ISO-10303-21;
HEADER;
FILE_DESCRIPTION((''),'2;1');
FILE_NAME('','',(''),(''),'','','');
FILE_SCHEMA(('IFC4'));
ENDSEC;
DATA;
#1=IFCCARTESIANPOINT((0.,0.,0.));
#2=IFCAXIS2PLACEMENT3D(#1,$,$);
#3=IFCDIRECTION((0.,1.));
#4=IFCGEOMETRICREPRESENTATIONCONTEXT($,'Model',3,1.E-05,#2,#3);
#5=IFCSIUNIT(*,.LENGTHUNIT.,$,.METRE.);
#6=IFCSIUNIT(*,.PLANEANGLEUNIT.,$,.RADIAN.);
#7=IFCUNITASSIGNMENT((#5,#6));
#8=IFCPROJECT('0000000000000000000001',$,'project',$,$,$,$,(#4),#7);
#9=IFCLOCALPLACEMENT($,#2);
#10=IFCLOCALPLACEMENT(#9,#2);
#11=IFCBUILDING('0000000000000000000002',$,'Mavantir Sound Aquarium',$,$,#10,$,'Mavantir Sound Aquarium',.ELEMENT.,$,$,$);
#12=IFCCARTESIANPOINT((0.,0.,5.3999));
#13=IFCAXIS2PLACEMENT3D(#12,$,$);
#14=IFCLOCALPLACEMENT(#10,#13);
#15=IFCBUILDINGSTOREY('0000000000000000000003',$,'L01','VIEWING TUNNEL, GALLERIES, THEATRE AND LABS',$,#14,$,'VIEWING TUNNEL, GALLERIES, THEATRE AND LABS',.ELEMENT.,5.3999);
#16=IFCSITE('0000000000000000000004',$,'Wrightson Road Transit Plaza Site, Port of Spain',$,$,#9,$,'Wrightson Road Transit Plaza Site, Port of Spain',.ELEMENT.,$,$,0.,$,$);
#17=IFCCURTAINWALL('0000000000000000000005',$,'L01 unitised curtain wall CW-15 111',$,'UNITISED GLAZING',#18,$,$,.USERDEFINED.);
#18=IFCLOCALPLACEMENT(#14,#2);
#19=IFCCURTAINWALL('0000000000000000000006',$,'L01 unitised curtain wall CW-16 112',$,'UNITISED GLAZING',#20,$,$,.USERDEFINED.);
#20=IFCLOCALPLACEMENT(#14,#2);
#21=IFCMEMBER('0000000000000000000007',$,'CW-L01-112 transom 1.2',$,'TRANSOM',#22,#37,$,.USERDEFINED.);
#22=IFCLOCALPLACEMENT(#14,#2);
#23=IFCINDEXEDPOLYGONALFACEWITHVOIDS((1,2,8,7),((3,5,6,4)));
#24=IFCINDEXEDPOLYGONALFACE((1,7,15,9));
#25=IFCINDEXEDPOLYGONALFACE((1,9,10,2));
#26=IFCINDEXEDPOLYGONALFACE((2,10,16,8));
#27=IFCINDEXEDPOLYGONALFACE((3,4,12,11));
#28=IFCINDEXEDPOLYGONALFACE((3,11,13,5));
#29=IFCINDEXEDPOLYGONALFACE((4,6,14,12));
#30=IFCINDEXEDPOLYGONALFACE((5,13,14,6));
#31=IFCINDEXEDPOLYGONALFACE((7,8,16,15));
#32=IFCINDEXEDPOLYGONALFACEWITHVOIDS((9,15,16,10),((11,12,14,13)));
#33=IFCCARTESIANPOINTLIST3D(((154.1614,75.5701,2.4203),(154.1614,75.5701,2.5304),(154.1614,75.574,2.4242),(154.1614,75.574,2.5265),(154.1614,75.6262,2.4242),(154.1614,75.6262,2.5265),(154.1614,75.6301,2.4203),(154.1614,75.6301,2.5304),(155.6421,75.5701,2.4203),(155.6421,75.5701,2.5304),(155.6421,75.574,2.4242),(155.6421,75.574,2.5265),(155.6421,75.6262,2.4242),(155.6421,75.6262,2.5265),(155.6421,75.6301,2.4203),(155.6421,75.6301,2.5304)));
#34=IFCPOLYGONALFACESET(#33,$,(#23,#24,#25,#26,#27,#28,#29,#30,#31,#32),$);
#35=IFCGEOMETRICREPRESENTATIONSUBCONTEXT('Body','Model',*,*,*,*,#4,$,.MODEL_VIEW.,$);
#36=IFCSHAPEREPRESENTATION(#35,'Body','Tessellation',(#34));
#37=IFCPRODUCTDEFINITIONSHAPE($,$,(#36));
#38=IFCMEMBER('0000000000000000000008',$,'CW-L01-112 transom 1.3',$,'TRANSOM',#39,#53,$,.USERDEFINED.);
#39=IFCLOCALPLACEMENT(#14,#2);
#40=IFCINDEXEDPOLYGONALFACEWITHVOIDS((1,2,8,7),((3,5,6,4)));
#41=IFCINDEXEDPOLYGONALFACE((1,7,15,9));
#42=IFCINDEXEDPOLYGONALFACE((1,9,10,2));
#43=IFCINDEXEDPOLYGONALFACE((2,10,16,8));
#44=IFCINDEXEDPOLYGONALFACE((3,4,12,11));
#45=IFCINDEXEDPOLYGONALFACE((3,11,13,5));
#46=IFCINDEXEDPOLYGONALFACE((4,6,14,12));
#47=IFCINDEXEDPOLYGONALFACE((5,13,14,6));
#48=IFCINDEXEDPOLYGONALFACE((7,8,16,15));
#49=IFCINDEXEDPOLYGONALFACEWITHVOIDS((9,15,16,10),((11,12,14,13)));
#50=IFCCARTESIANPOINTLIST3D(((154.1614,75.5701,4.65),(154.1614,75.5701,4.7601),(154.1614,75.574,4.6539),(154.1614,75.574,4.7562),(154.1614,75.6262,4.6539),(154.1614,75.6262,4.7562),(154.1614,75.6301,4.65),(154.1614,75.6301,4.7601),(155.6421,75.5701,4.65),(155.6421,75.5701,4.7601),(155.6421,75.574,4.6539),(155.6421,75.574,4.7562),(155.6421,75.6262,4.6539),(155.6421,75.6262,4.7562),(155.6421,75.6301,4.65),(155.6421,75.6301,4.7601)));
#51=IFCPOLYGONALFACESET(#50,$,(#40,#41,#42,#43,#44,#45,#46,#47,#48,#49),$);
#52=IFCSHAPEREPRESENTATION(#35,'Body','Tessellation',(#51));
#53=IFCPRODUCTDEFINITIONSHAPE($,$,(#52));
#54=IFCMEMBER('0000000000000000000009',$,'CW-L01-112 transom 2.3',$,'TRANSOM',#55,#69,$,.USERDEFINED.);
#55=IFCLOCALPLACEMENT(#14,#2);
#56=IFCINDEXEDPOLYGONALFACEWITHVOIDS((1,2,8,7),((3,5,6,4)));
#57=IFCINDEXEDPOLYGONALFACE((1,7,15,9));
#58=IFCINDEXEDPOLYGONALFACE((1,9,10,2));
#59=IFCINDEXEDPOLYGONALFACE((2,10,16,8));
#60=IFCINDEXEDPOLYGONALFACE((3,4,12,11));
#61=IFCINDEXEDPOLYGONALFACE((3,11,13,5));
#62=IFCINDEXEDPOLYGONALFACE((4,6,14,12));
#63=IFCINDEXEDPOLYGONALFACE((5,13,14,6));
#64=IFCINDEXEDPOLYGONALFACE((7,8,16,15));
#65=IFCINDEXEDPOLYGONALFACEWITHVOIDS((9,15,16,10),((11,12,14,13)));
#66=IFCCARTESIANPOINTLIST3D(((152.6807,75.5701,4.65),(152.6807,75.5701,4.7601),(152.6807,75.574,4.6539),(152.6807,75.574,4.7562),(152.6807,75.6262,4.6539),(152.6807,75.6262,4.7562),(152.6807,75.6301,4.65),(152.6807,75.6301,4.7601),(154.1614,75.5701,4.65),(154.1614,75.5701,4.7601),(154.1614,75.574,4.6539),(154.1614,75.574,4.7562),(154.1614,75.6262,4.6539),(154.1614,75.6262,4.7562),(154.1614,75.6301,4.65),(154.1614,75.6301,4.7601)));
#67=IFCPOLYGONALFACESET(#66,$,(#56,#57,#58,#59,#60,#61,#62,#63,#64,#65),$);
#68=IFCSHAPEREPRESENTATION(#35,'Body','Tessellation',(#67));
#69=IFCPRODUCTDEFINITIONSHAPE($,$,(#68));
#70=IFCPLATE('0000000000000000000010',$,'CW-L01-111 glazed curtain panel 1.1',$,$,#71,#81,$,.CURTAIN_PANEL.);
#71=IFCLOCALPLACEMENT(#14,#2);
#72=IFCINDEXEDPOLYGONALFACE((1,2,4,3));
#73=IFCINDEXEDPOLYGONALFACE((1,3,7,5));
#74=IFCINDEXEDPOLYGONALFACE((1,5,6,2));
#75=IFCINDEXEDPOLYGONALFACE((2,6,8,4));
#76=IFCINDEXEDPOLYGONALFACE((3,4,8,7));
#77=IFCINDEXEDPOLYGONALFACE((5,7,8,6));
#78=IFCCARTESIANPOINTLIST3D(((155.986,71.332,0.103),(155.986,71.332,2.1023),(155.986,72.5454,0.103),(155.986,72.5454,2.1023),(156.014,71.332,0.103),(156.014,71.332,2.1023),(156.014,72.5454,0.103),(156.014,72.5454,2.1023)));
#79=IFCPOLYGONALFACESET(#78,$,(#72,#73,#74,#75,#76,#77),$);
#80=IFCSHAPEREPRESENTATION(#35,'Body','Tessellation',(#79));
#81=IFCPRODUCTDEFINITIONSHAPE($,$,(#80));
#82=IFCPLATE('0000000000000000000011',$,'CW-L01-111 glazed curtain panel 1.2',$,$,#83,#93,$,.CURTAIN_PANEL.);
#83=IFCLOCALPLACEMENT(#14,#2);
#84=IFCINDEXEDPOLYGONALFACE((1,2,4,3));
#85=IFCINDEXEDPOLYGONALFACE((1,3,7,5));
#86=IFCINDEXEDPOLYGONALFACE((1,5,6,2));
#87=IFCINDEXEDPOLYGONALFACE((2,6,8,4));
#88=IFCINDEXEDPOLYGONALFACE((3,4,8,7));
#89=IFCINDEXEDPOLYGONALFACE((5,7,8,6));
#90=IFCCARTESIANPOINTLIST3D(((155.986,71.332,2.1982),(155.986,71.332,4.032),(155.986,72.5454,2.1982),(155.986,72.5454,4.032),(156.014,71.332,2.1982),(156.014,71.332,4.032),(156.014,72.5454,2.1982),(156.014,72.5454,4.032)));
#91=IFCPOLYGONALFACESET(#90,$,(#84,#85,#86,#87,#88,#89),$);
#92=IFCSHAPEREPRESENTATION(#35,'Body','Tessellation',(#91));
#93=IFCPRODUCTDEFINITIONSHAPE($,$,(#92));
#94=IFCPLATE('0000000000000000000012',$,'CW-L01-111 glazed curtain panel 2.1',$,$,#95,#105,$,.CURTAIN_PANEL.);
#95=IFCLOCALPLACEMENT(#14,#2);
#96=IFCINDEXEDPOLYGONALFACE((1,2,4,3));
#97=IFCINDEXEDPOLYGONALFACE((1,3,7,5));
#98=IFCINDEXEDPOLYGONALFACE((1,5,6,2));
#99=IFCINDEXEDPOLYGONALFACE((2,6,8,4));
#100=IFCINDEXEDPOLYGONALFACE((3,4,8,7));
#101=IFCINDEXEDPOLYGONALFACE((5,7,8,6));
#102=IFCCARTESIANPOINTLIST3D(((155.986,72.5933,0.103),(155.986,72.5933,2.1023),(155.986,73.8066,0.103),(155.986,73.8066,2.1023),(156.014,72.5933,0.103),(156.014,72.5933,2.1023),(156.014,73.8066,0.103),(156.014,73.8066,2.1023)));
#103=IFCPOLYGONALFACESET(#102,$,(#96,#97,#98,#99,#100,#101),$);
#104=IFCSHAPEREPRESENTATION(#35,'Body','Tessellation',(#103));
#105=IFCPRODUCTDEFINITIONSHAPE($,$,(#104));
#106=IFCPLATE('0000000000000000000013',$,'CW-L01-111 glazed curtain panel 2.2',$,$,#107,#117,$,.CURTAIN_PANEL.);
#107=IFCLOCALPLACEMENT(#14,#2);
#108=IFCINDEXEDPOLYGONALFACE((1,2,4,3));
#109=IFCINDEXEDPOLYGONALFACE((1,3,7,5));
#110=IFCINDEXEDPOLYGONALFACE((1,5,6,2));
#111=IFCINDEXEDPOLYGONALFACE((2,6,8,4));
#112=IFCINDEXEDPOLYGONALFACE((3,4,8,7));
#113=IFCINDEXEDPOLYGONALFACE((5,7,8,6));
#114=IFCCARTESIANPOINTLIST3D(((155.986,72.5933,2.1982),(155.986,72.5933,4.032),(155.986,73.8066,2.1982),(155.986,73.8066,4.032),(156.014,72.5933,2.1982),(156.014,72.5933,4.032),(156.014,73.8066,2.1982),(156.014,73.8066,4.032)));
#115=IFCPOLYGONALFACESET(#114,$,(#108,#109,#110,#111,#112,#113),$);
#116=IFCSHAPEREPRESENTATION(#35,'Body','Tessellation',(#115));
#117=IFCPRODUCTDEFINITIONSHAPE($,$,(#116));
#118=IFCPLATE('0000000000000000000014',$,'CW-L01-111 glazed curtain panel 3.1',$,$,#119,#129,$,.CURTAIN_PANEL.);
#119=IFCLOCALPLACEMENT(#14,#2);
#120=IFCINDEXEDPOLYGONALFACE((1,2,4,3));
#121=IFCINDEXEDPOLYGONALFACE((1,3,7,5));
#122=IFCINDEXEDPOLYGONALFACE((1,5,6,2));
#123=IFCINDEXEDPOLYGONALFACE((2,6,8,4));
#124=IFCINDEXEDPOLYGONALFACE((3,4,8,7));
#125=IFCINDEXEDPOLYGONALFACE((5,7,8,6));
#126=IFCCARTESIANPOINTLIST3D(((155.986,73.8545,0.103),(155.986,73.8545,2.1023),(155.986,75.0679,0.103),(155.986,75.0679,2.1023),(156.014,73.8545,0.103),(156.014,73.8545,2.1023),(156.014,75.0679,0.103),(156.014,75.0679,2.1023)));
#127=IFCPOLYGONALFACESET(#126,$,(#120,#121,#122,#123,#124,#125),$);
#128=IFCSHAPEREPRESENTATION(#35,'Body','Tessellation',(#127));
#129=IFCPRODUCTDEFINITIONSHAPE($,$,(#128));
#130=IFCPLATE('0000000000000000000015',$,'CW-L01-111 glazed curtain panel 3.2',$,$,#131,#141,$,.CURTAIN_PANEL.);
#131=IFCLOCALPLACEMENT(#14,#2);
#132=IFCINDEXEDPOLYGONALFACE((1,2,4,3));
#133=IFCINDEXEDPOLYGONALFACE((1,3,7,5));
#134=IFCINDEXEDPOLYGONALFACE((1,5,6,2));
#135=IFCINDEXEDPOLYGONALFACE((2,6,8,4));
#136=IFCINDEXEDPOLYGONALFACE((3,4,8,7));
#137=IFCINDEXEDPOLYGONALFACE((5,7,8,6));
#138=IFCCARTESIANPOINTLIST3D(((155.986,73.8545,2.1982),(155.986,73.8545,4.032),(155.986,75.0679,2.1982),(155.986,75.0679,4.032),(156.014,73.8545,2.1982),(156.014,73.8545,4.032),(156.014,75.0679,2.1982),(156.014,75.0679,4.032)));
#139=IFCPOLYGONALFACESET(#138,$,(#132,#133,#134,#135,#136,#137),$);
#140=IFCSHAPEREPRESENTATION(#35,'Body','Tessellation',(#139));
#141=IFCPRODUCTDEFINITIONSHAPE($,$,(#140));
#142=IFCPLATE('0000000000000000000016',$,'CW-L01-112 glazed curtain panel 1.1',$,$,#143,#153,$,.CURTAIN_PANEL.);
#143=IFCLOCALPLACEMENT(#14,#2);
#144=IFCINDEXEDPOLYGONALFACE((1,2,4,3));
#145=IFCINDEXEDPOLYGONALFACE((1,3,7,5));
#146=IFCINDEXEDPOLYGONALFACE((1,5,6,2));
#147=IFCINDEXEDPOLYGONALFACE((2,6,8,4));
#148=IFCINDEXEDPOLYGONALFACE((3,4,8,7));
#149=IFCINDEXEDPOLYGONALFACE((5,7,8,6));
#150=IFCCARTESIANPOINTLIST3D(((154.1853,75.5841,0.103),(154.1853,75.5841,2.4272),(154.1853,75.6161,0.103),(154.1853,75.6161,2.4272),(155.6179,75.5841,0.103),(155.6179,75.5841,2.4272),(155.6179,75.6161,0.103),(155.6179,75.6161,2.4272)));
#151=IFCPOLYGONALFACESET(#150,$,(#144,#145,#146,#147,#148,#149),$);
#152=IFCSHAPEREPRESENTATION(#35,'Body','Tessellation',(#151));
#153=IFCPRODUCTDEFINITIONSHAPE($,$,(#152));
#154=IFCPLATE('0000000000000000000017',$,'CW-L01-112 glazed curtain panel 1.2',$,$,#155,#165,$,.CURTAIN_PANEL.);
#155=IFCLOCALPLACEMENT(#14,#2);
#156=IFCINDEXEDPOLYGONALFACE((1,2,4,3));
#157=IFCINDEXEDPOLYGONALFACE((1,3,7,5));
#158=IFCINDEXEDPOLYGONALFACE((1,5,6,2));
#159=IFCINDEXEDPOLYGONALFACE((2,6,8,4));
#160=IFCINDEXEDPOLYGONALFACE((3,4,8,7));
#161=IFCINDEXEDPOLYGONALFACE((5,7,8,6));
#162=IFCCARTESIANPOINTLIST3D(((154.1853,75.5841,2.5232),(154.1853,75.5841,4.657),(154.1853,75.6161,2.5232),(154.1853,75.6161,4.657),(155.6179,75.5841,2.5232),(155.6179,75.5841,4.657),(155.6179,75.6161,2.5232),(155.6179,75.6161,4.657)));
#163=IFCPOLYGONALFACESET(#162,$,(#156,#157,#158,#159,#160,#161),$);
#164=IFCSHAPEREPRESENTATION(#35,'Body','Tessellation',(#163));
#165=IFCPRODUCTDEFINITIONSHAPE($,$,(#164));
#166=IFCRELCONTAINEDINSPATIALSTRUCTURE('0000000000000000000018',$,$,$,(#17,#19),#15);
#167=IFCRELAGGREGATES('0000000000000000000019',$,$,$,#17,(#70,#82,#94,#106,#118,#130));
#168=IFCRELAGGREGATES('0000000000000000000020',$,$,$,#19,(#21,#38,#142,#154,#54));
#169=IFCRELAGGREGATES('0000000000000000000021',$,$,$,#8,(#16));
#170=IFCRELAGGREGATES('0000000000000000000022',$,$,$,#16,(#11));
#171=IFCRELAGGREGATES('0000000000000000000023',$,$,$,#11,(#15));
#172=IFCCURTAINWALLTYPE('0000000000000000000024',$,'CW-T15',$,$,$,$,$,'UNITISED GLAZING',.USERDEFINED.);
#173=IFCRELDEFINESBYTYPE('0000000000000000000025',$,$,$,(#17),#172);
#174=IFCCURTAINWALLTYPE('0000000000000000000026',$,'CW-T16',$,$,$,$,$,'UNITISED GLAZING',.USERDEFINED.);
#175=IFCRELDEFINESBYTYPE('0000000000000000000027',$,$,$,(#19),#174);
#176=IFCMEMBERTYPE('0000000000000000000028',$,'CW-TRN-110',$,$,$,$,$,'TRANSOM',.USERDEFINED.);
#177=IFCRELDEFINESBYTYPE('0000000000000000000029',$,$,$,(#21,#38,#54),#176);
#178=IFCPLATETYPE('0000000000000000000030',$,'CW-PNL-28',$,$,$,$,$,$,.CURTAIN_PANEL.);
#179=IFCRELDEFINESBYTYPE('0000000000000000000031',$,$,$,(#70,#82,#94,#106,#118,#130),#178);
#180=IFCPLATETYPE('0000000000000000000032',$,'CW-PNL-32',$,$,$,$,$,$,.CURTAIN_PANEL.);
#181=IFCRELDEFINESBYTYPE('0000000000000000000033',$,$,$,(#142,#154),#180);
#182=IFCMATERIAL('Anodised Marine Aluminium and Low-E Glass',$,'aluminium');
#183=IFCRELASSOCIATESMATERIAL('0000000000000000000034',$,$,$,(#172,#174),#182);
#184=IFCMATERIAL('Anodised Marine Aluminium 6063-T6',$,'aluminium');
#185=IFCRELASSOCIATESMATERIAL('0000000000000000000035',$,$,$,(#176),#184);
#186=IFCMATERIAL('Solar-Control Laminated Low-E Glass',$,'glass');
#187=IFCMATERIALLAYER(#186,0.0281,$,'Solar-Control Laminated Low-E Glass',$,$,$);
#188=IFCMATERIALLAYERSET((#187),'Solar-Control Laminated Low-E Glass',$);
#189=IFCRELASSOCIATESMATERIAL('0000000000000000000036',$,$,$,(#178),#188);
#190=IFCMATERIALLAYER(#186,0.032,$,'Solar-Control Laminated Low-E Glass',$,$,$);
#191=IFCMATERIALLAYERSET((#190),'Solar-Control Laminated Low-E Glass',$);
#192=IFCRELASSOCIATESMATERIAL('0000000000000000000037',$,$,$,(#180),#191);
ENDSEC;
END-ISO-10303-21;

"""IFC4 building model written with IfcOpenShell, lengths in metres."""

from ifc_helpers import new_model, si_unit, direction, frame, origin, origin_2d, place, context, subcontext, project, spatial, rectangle, hollow_rectangle, extrude, material, layer, layer_set, material_profile, profile_set, type_object, element, aggregate, save


model = new_model("IFC4")

# Units and contexts
model_context = context("Model", 3, precision=1e-05, world=origin(), true_north=direction((0.0, 1.0)))
body_context = subcontext(model_context, "Body", "Model", "MODEL_VIEW")
ifc_project = project(units=[si_unit("LENGTHUNIT", "METRE"), si_unit("PLANEANGLEUNIT", "RADIAN")], contexts=[model_context])

# Site, building, storey
site_placement = place(None, origin())
site = spatial("IfcSite", under=ifc_project, at=site_placement, Name="Wrightson Road Transit Plaza Site, Port of Spain", LongName="Wrightson Road Transit Plaza Site, Port of Spain", CompositionType="ELEMENT", RefElevation=0.0)
building_placement = place(site_placement, origin())
building = spatial("IfcBuilding", under=site, at=building_placement, Name="Mavantir Sound Aquarium", LongName="Mavantir Sound Aquarium", CompositionType="ELEMENT")
storey_placement = place(building_placement, frame((0.0, 0.0, 5.3999)))
storey = spatial("IfcBuildingStorey", under=building, at=storey_placement, Name="L01", Description="VIEWING TUNNEL, GALLERIES, THEATRE AND LABS", LongName="VIEWING TUNNEL, GALLERIES, THEATRE AND LABS", CompositionType="ELEMENT", Elevation=5.3999)

# Curtain wall
ifc_material_1 = material(Name="Anodised Marine Aluminium and Low-E Glass", Category="aluminium")
curtain_wall_type_1 = type_object("IfcCurtainWallType", Name="CW-T15", ElementType="UNITISED GLAZING", PredefinedType="USERDEFINED", material=ifc_material_1)
curtain_wall_1_placement = place(storey_placement, origin())
curtain_wall_1 = element("IfcCurtainWall", 1, at=curtain_wall_1_placement, inside=storey, type_object=curtain_wall_type_1, Name="L01 unitised curtain wall CW-15 111", ObjectType="UNITISED GLAZING", PredefinedType="USERDEFINED")
ifc_material_2 = material(Name="Anodised Marine Aluminium 6063-T6", Category="aluminium")

# Curtain wall
curtain_wall_type_2 = type_object("IfcCurtainWallType", Name="CW-T16", ElementType="UNITISED GLAZING", PredefinedType="USERDEFINED", material=ifc_material_1)
curtain_wall_2_placement = place(storey_placement, origin())
curtain_wall_2 = element("IfcCurtainWall", 2, at=curtain_wall_2_placement, inside=storey, type_object=curtain_wall_type_2, Name="L01 unitised curtain wall CW-16 112", ObjectType="UNITISED GLAZING", PredefinedType="USERDEFINED")

# Shared definitions
ifc_material_profile_1 = material_profile(ifc_material_2, hollow_rectangle(XDim=0.0601, YDim=0.1101, WallThickness=0.0039, at=origin_2d()), Name="ALU-TRANSOM-110X60")
ifc_profile_set_1 = profile_set([ifc_material_profile_1], Name="Anodised Marine Aluminium 6063-T6")
member_type_1 = type_object("IfcMemberType", Name="CW-TRN-110", ElementType="TRANSOM", PredefinedType="USERDEFINED", material=ifc_profile_set_1)

# Members
member_1_placement = place(storey_placement, frame((155.6421, 75.6001, 2.4753), z_axis=(-1.0, 0.0, 0.0), x_axis=(0.0, -1.0, 0.0)))
member_1 = element("IfcMember", 3, at=member_1_placement, type_object=member_type_1, Name="CW-L01-112 transom 1.2", ObjectType="TRANSOM", PredefinedType="USERDEFINED", context=body_context, shape_type="SweptSolid", body=[
    extrude(hollow_rectangle(XDim=0.0601, YDim=0.1101, WallThickness=0.0039, at=origin_2d()), origin(), (0.0, 0.0, 1.0), 1.4807),
])
member_2_placement = place(storey_placement, frame((155.6421, 75.6001, 4.7051), z_axis=(-1.0, 0.0, 0.0), x_axis=(0.0, -1.0, 0.0)))
member_2 = element("IfcMember", 4, at=member_2_placement, type_object=member_type_1, Name="CW-L01-112 transom 1.3", ObjectType="TRANSOM", PredefinedType="USERDEFINED", context=body_context, shape_type="SweptSolid", body=[
    extrude(hollow_rectangle(XDim=0.0601, YDim=0.1101, WallThickness=0.0039, at=origin_2d()), origin(), (0.0, 0.0, 1.0), 1.4807),
])
member_3_placement = place(storey_placement, frame((154.1614, 75.6001, 4.7051), z_axis=(-1.0, 0.0, 0.0), x_axis=(0.0, -1.0, 0.0)))
member_3 = element("IfcMember", 5, at=member_3_placement, type_object=member_type_1, Name="CW-L01-112 transom 2.3", ObjectType="TRANSOM", PredefinedType="USERDEFINED", context=body_context, shape_type="SweptSolid", body=[
    extrude(hollow_rectangle(XDim=0.0601, YDim=0.1101, WallThickness=0.0039, at=origin_2d()), origin(), (0.0, 0.0, 1.0), 1.4807),
])

# Plates
ifc_material_3 = material(Name="Solar-Control Laminated Low-E Glass", Category="glass")
ifc_layer_1 = layer(ifc_material_3, 0.0281, Name="Solar-Control Laminated Low-E Glass")
ifc_layer_set_1 = layer_set([ifc_layer_1], Name="Solar-Control Laminated Low-E Glass")
plate_type_1 = type_object("IfcPlateType", Name="CW-PNL-28", PredefinedType="CURTAIN_PANEL", material=ifc_layer_set_1)
plate_1_placement = place(storey_placement, frame((156.0, 71.9387, 0.103), z_axis=(0.0, 0.0, 1.0), x_axis=(0.0, 1.0, 0.0)))
plate_1 = element("IfcPlate", 6, at=plate_1_placement, type_object=plate_type_1, Name="CW-L01-111 glazed curtain panel 1.1", PredefinedType="CURTAIN_PANEL", context=body_context, shape_type="SweptSolid", body=[
    extrude(rectangle(XDim=1.2134, YDim=0.0281, at=origin_2d()), origin(), (0.0, 0.0, 1.0), 1.9993),
])
plate_2_placement = place(storey_placement, frame((156.0, 71.9387, 2.1982), z_axis=(0.0, 0.0, 1.0), x_axis=(0.0, 1.0, 0.0)))
plate_2 = element("IfcPlate", 7, at=plate_2_placement, type_object=plate_type_1, Name="CW-L01-111 glazed curtain panel 1.2", PredefinedType="CURTAIN_PANEL", context=body_context, shape_type="SweptSolid", body=[
    extrude(rectangle(XDim=1.2134, YDim=0.0281, at=origin_2d()), origin(), (0.0, 0.0, 1.0), 1.8337),
])
plate_3_placement = place(storey_placement, frame((156.0, 73.2, 0.103), z_axis=(0.0, 0.0, 1.0), x_axis=(0.0, 1.0, 0.0)))
plate_3 = element("IfcPlate", 8, at=plate_3_placement, type_object=plate_type_1, Name="CW-L01-111 glazed curtain panel 2.1", PredefinedType="CURTAIN_PANEL", context=body_context, shape_type="SweptSolid", body=[
    extrude(rectangle(XDim=1.2134, YDim=0.0281, at=origin_2d()), origin(), (0.0, 0.0, 1.0), 1.9993),
])
plate_4_placement = place(storey_placement, frame((156.0, 73.2, 2.1982), z_axis=(0.0, 0.0, 1.0), x_axis=(0.0, 1.0, 0.0)))
plate_4 = element("IfcPlate", 9, at=plate_4_placement, type_object=plate_type_1, Name="CW-L01-111 glazed curtain panel 2.2", PredefinedType="CURTAIN_PANEL", context=body_context, shape_type="SweptSolid", body=[
    extrude(rectangle(XDim=1.2134, YDim=0.0281, at=origin_2d()), origin(), (0.0, 0.0, 1.0), 1.8337),
])
plate_5_placement = place(storey_placement, frame((156.0, 74.4612, 0.103), z_axis=(0.0, 0.0, 1.0), x_axis=(0.0, 1.0, 0.0)))
plate_5 = element("IfcPlate", 10, at=plate_5_placement, type_object=plate_type_1, Name="CW-L01-111 glazed curtain panel 3.1", PredefinedType="CURTAIN_PANEL", context=body_context, shape_type="SweptSolid", body=[
    extrude(rectangle(XDim=1.2134, YDim=0.0281, at=origin_2d()), origin(), (0.0, 0.0, 1.0), 1.9993),
])
plate_6_placement = place(storey_placement, frame((156.0, 74.4612, 2.1982), z_axis=(0.0, 0.0, 1.0), x_axis=(0.0, 1.0, 0.0)))
plate_6 = element("IfcPlate", 11, at=plate_6_placement, type_object=plate_type_1, Name="CW-L01-111 glazed curtain panel 3.2", PredefinedType="CURTAIN_PANEL", context=body_context, shape_type="SweptSolid", body=[
    extrude(rectangle(XDim=1.2134, YDim=0.0281, at=origin_2d()), origin(), (0.0, 0.0, 1.0), 1.8337),
])
aggregate(curtain_wall_1, [plate_1, plate_2, plate_3, plate_4, plate_5, plate_6])
ifc_layer_2 = layer(ifc_material_3, 0.032, Name="Solar-Control Laminated Low-E Glass")
ifc_layer_set_2 = layer_set([ifc_layer_2], Name="Solar-Control Laminated Low-E Glass")
plate_type_2 = type_object("IfcPlateType", Name="CW-PNL-32", PredefinedType="CURTAIN_PANEL", material=ifc_layer_set_2)
plate_7_placement = place(storey_placement, frame((154.9016, 75.6001, 0.103), z_axis=(0.0, 0.0, 1.0), x_axis=(-1.0, 0.0, 0.0)))
plate_7 = element("IfcPlate", 12, at=plate_7_placement, type_object=plate_type_2, Name="CW-L01-112 glazed curtain panel 1.1", PredefinedType="CURTAIN_PANEL", context=body_context, shape_type="SweptSolid", body=[
    extrude(rectangle(XDim=1.4326, YDim=0.032, at=origin_2d()), origin(), (0.0, 0.0, 1.0), 2.3242),
])
plate_8_placement = place(storey_placement, frame((154.9016, 75.6001, 2.5232), z_axis=(0.0, 0.0, 1.0), x_axis=(-1.0, 0.0, 0.0)))
plate_8 = element("IfcPlate", 13, at=plate_8_placement, type_object=plate_type_2, Name="CW-L01-112 glazed curtain panel 1.2", PredefinedType="CURTAIN_PANEL", context=body_context, shape_type="SweptSolid", body=[
    extrude(rectangle(XDim=1.4326, YDim=0.032, at=origin_2d()), origin(), (0.0, 0.0, 1.0), 2.1338),
])
aggregate(curtain_wall_2, [member_1, member_2, plate_7, plate_8, member_3])

save(model, "model.ifc")
